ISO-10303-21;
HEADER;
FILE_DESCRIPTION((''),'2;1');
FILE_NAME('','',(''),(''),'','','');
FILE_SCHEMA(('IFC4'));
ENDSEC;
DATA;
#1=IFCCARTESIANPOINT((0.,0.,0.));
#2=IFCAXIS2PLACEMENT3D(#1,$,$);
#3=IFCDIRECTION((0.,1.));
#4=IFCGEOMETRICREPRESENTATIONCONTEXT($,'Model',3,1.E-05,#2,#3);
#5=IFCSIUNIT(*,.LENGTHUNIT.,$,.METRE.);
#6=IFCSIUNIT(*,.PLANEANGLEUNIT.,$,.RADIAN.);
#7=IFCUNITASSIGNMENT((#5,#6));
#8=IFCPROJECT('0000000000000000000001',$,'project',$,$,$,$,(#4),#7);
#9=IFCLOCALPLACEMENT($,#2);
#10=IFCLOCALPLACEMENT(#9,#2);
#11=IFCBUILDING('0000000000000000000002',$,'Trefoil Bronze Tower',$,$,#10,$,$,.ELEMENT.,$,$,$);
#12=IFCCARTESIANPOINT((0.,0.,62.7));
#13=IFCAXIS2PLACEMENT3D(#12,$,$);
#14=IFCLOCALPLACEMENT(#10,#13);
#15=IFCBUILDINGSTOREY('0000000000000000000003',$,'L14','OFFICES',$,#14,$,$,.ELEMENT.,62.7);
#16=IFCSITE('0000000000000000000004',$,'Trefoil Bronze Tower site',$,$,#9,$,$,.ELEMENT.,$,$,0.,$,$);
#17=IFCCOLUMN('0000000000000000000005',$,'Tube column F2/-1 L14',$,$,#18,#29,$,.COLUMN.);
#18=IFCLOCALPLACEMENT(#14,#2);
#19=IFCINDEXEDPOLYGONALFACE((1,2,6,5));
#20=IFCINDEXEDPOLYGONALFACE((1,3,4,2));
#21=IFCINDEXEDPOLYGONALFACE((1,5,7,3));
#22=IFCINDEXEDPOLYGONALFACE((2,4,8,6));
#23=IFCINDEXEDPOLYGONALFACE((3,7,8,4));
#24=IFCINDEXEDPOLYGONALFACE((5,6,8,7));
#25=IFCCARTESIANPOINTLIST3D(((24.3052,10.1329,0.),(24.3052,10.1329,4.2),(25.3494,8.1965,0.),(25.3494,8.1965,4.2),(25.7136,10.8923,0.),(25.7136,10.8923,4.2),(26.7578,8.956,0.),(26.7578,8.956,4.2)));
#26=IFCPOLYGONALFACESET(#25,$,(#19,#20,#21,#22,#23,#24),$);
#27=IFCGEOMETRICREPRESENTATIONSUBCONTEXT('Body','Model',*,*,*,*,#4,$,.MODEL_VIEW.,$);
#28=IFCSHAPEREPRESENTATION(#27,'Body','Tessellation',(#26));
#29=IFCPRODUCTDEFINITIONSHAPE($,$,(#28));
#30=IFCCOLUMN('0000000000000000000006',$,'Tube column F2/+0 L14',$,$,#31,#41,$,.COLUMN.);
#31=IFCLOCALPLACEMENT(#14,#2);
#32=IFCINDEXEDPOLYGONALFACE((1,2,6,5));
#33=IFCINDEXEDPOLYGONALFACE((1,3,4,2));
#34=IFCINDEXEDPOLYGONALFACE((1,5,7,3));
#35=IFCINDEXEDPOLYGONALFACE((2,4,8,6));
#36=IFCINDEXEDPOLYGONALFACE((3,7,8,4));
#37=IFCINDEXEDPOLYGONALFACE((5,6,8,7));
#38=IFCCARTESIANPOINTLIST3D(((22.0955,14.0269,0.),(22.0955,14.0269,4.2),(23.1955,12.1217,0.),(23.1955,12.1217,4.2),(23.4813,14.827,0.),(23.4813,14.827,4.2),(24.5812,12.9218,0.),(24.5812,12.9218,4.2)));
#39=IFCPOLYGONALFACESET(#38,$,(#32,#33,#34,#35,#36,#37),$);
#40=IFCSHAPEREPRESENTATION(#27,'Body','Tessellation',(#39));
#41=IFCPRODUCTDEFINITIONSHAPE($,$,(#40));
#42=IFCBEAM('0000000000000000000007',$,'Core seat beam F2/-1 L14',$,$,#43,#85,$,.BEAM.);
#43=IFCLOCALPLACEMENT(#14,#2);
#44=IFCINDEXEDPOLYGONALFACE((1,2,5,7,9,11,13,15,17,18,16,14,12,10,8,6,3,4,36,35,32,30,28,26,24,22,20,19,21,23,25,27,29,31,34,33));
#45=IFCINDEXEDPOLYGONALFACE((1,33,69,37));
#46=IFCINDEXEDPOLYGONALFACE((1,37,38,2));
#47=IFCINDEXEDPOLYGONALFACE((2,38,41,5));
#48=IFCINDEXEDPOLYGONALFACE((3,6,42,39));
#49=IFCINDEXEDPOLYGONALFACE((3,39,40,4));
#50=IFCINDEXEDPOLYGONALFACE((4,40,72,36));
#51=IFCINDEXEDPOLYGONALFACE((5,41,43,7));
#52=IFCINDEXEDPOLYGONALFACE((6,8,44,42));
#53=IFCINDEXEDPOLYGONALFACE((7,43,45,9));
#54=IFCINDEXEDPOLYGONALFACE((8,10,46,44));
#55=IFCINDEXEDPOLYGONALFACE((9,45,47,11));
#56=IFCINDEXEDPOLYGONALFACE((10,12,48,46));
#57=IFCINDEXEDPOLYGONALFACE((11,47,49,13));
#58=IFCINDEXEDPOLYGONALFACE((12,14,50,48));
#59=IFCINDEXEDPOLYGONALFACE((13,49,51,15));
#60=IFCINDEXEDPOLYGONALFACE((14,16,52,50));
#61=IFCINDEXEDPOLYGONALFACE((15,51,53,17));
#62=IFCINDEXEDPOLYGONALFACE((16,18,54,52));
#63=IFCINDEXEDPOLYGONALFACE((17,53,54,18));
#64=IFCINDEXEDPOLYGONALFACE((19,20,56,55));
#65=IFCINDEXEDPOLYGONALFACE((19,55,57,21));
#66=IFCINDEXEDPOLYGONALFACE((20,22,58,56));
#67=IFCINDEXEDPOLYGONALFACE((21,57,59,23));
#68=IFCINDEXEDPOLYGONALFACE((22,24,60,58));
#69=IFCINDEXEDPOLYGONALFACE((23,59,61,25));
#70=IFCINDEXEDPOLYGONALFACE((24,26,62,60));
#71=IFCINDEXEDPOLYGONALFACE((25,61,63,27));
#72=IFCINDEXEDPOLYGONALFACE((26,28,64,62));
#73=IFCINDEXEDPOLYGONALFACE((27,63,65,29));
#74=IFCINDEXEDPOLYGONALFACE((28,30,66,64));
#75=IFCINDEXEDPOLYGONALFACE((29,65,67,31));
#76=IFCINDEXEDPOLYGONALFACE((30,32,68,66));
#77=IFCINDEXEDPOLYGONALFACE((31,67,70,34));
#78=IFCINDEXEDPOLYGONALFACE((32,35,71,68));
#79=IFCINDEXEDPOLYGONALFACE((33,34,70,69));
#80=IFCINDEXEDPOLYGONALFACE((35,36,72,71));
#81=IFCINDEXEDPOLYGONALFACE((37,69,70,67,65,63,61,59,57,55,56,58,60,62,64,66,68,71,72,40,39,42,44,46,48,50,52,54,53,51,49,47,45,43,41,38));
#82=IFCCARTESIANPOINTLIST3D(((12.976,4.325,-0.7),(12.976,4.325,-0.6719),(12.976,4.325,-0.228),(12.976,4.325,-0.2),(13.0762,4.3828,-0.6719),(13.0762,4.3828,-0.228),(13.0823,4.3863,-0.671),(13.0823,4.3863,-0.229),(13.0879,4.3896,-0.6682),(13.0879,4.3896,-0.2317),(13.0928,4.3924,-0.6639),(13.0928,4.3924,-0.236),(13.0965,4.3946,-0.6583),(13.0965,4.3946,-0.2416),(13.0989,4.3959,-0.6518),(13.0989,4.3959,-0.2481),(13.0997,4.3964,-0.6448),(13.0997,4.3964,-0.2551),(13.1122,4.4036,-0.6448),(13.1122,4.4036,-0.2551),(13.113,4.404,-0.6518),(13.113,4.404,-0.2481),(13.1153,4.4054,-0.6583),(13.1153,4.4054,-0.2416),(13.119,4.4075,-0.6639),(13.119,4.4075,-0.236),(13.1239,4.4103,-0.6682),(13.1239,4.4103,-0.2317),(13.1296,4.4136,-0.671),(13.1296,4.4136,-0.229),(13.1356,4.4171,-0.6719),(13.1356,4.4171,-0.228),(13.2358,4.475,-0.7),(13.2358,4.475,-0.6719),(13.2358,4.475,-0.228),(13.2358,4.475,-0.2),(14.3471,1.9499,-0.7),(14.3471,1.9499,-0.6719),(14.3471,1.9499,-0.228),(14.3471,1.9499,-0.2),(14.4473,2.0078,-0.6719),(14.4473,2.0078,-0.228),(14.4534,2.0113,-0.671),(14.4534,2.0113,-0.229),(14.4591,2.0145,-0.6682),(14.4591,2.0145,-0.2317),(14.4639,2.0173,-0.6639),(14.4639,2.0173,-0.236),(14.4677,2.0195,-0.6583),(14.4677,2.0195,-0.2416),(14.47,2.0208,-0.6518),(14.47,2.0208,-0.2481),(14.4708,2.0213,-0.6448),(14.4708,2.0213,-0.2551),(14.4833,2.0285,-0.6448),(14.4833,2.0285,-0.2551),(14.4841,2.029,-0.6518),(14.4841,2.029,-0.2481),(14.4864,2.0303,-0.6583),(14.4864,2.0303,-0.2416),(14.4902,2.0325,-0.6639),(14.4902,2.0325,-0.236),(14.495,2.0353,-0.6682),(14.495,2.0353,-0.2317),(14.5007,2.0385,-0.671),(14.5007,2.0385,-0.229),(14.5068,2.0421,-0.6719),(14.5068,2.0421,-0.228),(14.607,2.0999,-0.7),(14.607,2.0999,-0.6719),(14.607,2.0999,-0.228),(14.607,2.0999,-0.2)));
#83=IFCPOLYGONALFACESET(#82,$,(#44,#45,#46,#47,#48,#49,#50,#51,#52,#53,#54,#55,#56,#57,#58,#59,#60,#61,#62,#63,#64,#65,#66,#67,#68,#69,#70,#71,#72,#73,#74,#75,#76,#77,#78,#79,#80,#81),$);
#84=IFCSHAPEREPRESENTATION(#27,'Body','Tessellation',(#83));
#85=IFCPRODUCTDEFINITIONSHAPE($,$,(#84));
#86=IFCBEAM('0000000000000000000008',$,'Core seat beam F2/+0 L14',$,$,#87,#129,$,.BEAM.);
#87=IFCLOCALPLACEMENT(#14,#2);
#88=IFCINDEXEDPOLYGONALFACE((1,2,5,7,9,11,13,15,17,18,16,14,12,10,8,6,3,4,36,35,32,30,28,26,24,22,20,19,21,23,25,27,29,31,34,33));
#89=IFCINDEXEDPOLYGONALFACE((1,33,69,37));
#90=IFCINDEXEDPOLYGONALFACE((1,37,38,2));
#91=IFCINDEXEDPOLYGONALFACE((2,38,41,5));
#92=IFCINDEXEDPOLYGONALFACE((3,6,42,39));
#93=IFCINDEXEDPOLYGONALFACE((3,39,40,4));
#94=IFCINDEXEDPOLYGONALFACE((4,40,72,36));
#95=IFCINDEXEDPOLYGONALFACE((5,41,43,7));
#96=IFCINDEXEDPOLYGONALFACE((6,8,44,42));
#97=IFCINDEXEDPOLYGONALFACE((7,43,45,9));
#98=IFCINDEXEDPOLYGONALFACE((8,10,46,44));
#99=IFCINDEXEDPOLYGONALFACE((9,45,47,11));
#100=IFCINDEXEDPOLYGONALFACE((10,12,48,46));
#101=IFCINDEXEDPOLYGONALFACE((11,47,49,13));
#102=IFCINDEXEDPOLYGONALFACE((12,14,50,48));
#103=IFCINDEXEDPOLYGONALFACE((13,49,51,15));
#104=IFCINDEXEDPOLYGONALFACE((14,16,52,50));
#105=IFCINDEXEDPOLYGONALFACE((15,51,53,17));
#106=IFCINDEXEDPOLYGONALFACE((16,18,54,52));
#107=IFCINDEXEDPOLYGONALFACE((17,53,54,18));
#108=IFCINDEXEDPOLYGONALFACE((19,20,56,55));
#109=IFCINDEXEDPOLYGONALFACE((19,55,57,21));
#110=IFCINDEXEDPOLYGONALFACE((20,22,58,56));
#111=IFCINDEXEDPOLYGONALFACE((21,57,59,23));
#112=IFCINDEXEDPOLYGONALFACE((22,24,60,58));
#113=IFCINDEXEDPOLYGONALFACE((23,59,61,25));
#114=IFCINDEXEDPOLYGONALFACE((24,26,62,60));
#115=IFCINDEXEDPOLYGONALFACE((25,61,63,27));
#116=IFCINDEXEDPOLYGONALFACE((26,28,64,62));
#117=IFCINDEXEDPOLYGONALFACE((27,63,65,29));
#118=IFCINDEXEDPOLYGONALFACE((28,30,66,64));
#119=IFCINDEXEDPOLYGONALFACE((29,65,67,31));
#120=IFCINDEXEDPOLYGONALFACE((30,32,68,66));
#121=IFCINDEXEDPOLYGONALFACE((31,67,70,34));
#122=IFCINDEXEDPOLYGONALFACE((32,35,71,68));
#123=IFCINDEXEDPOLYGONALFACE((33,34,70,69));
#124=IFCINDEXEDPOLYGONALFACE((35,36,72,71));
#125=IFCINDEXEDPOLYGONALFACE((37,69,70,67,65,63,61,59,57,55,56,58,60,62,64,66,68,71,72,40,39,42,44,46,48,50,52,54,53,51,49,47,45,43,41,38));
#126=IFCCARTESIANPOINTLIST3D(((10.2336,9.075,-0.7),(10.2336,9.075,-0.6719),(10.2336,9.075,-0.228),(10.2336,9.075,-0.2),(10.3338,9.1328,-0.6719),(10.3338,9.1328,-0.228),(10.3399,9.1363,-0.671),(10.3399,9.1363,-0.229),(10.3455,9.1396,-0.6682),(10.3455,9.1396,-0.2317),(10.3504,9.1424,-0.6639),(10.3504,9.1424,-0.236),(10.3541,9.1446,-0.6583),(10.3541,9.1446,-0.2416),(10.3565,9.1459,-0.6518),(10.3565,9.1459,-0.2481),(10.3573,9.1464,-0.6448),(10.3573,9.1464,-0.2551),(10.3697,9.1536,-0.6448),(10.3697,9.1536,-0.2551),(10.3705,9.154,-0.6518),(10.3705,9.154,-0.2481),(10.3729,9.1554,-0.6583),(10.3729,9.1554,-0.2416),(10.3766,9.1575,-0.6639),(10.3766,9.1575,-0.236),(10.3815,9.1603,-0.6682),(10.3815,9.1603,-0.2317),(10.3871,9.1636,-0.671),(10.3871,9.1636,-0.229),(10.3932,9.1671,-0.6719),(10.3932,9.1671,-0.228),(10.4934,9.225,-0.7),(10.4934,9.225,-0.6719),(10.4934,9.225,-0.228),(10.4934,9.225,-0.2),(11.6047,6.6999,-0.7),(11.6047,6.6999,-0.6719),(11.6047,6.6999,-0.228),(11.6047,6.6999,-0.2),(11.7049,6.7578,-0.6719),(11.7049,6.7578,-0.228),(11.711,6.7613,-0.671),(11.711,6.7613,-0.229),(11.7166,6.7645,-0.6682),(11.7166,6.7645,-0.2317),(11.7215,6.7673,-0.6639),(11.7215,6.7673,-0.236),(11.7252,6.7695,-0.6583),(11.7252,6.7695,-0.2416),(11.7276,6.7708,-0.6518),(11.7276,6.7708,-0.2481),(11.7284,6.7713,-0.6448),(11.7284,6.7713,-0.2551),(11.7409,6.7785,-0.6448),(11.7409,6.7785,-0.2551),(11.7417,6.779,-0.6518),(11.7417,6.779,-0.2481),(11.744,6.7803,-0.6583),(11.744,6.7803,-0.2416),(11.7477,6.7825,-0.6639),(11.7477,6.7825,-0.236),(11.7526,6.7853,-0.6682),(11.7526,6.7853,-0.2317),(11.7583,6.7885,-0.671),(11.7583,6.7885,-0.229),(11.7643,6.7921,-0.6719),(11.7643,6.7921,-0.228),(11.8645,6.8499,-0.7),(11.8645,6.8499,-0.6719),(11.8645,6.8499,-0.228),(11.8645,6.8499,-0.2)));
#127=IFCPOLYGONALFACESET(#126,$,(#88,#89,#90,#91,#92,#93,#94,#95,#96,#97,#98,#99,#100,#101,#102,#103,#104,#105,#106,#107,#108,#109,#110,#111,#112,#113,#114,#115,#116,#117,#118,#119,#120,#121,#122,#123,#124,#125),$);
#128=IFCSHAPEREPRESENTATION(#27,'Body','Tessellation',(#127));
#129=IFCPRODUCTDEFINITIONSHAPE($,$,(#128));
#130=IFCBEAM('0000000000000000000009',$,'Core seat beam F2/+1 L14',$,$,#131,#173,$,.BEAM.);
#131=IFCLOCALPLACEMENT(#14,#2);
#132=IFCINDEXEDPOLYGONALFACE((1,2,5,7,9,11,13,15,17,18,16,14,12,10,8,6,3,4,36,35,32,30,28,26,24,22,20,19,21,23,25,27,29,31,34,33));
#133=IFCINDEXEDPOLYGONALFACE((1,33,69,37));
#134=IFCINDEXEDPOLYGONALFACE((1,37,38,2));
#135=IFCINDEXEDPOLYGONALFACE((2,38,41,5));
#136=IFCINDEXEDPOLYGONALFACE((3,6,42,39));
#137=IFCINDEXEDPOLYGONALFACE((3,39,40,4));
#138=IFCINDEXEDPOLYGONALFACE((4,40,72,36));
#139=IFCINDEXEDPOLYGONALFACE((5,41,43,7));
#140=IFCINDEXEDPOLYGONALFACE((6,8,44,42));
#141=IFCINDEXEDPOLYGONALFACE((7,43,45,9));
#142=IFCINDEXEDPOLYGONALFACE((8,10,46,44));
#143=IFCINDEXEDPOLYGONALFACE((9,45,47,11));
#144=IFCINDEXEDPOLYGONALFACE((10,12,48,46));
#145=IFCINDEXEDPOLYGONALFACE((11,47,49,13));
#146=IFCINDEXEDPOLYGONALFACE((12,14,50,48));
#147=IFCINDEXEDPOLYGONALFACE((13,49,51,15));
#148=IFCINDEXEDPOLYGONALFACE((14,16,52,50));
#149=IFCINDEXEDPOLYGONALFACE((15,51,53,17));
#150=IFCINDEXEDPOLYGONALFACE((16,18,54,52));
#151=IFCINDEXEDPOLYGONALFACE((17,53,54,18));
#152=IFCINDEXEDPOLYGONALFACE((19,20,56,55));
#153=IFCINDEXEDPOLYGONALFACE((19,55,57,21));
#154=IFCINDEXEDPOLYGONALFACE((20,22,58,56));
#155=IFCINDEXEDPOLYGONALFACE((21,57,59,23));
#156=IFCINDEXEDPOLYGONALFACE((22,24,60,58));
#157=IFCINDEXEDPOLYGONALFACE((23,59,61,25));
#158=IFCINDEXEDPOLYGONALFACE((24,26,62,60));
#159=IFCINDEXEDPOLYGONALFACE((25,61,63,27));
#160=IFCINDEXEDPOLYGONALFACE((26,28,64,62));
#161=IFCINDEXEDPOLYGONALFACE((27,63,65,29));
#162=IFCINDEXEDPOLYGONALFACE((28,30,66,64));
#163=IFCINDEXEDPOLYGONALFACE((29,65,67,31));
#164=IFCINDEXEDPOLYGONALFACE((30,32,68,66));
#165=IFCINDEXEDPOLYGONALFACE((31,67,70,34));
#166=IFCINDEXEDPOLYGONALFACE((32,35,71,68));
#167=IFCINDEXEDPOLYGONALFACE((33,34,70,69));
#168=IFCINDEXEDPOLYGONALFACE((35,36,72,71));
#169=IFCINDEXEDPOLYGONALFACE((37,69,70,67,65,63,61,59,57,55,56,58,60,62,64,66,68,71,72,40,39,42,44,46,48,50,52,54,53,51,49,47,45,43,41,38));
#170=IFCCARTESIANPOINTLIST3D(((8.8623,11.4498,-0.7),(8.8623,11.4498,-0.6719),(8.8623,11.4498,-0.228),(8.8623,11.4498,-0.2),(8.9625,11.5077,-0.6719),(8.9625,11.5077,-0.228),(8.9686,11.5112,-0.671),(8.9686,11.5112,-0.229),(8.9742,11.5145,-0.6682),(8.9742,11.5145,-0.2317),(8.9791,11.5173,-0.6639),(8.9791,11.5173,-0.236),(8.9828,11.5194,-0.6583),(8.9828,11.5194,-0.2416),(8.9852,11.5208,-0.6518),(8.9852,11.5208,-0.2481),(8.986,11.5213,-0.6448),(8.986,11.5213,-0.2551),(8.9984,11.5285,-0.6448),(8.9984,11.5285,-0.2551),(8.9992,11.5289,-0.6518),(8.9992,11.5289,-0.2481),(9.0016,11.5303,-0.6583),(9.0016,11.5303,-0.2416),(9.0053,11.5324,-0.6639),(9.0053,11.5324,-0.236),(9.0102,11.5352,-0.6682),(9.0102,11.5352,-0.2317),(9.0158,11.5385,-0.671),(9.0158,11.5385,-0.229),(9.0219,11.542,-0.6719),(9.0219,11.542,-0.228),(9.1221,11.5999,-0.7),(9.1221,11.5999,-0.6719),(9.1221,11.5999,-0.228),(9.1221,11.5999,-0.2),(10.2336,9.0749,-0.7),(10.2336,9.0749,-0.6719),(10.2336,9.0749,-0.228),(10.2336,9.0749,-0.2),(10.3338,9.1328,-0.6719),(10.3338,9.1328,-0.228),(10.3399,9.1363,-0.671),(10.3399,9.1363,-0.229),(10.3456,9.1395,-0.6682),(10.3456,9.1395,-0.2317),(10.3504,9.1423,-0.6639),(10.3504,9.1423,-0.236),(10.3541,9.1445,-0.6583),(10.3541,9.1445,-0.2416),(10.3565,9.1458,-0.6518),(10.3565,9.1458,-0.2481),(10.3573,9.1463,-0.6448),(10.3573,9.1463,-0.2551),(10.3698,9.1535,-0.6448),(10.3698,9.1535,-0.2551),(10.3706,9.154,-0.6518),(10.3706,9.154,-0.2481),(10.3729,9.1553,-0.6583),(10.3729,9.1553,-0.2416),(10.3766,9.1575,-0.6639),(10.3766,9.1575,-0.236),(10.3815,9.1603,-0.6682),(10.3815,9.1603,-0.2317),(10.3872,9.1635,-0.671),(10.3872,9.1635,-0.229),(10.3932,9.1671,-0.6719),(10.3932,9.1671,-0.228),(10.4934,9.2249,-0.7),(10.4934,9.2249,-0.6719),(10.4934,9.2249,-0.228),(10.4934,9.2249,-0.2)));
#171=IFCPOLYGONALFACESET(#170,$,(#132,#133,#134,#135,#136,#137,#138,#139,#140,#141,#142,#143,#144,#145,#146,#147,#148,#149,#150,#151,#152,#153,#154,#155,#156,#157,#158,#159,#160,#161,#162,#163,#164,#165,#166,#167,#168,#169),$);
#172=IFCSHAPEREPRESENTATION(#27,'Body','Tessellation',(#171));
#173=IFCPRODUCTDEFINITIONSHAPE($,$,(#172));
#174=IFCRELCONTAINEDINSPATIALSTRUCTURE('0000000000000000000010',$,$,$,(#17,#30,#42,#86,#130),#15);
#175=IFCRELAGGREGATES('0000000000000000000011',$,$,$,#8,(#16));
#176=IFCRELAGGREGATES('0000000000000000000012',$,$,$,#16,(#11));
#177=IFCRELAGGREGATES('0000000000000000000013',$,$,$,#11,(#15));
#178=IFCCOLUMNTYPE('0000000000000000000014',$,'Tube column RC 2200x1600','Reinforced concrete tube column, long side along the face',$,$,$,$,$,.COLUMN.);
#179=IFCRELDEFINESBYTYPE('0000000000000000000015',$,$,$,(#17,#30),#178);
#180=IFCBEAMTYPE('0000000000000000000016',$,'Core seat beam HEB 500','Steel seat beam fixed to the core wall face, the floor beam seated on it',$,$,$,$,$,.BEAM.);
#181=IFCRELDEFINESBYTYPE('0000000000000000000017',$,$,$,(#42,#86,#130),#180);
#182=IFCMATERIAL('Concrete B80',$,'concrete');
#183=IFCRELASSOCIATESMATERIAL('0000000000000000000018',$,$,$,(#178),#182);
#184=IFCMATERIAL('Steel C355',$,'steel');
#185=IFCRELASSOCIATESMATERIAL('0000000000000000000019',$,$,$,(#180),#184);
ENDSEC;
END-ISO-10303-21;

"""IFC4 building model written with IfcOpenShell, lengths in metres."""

from ifc_helpers import new_model, si_unit, direction, frame, origin, origin_2d, place, context, subcontext, project, spatial, rectangle, i_section, extrude, material, material_profile, profile_set, type_object, element, save


model = new_model("IFC4")

# Units and contexts
model_context = context("Model", 3, precision=1e-05, world=origin(), true_north=direction((0.0, 1.0)))
body_context = subcontext(model_context, "Body", "Model", "MODEL_VIEW")
ifc_project = project(units=[si_unit("LENGTHUNIT", "METRE"), si_unit("PLANEANGLEUNIT", "RADIAN")], contexts=[model_context])

# Site, building, storey
site_placement = place(None, origin())
site = spatial("IfcSite", under=ifc_project, at=site_placement, Name="Trefoil Bronze Tower site", CompositionType="ELEMENT", RefElevation=0.0)
building_placement = place(site_placement, origin())
building = spatial("IfcBuilding", under=site, at=building_placement, Name="Trefoil Bronze Tower", CompositionType="ELEMENT")
storey_placement = place(building_placement, frame((0.0, 0.0, 62.7)))
storey = spatial("IfcBuildingStorey", under=building, at=storey_placement, Name="L14", Description="OFFICES", CompositionType="ELEMENT", Elevation=62.7)

# Columns
ifc_material_1 = material(Name="Concrete B80", Category="concrete")
ifc_material_profile_1 = material_profile(ifc_material_1, rectangle(XDim=2.2, YDim=1.6001, at=origin_2d()), Name="RC 2200x1600")
ifc_profile_set_1 = profile_set([ifc_material_profile_1], Name="Concrete B80")
column_type = type_object("IfcColumnType", Name="Tube column RC 2200x1600", Description="Reinforced concrete tube column, long side along the face", PredefinedType="COLUMN", material=ifc_profile_set_1)
for number, where, z_axis, x_axis, name in (
    (1, (25.5315, 9.5444, 0.0), (0.0, 0.0, 1.0), (-0.474656, 0.880171, 0.0), "Tube column F2/-1 L14"),
    (2, (23.3384, 13.4744, 0.0), (0.0, 0.0, 1.0), (-0.5, 0.866025, 0.0), "Tube column F2/+0 L14"),
):
    element("IfcColumn", number, at=place(storey_placement, frame(where, z_axis=z_axis, x_axis=x_axis)), inside=storey, type_object=column_type, Name=name, PredefinedType="COLUMN", context=body_context, shape_type="SweptSolid", body=[
        extrude(rectangle(XDim=2.2, YDim=1.6001, at=origin_2d()), origin(), (0.0, 0.0, 1.0), 4.2),
    ])

# Beams
ifc_material_2 = material(Name="Steel C355", Category="steel")
ifc_material_profile_2 = material_profile(ifc_material_2, i_section(OverallWidth=0.3, OverallDepth=0.5, WebThickness=0.0144, FlangeThickness=0.0281, FilletRadius=0.0271, at=origin_2d()), Name="HEB 500")
ifc_profile_set_2 = profile_set([ifc_material_profile_2], Name="Steel C355")
beam_type_1 = type_object("IfcBeamType", Name="Core seat beam HEB 500", Description="Steel seat beam fixed to the core wall face, the floor beam seated on it", PredefinedType="BEAM", material=ifc_profile_set_2)
for number, where, z_axis, x_axis, name in (
    (3, (14.4771, 2.0249, -0.45), (-0.499969, 0.866043, 0.0), (-0.866043, -0.499969, 0.0), "Core seat beam F2/-1 L14"),
    (4, (11.7346, 6.7749, -0.45), (-0.499969, 0.866043, 0.0), (-0.866043, -0.499969, 0.0), "Core seat beam F2/+0 L14"),
    (5, (10.3635, 9.1499, -0.45), (-0.500036, 0.866005, 0.0), (-0.866005, -0.500036, 0.0), "Core seat beam F2/+1 L14"),
):
    element("IfcBeam", number, at=place(storey_placement, frame(where, z_axis=z_axis, x_axis=x_axis)), inside=storey, type_object=beam_type_1, Name=name, PredefinedType="BEAM", context=body_context, shape_type="SweptSolid", body=[
        extrude(i_section(OverallWidth=0.3, OverallDepth=0.5, WebThickness=0.0144, FlangeThickness=0.0281, FilletRadius=0.0271, at=origin_2d()), origin(), (0.0, 0.0, 1.0), 2.7424),
    ])

save(model, "model.ifc")
